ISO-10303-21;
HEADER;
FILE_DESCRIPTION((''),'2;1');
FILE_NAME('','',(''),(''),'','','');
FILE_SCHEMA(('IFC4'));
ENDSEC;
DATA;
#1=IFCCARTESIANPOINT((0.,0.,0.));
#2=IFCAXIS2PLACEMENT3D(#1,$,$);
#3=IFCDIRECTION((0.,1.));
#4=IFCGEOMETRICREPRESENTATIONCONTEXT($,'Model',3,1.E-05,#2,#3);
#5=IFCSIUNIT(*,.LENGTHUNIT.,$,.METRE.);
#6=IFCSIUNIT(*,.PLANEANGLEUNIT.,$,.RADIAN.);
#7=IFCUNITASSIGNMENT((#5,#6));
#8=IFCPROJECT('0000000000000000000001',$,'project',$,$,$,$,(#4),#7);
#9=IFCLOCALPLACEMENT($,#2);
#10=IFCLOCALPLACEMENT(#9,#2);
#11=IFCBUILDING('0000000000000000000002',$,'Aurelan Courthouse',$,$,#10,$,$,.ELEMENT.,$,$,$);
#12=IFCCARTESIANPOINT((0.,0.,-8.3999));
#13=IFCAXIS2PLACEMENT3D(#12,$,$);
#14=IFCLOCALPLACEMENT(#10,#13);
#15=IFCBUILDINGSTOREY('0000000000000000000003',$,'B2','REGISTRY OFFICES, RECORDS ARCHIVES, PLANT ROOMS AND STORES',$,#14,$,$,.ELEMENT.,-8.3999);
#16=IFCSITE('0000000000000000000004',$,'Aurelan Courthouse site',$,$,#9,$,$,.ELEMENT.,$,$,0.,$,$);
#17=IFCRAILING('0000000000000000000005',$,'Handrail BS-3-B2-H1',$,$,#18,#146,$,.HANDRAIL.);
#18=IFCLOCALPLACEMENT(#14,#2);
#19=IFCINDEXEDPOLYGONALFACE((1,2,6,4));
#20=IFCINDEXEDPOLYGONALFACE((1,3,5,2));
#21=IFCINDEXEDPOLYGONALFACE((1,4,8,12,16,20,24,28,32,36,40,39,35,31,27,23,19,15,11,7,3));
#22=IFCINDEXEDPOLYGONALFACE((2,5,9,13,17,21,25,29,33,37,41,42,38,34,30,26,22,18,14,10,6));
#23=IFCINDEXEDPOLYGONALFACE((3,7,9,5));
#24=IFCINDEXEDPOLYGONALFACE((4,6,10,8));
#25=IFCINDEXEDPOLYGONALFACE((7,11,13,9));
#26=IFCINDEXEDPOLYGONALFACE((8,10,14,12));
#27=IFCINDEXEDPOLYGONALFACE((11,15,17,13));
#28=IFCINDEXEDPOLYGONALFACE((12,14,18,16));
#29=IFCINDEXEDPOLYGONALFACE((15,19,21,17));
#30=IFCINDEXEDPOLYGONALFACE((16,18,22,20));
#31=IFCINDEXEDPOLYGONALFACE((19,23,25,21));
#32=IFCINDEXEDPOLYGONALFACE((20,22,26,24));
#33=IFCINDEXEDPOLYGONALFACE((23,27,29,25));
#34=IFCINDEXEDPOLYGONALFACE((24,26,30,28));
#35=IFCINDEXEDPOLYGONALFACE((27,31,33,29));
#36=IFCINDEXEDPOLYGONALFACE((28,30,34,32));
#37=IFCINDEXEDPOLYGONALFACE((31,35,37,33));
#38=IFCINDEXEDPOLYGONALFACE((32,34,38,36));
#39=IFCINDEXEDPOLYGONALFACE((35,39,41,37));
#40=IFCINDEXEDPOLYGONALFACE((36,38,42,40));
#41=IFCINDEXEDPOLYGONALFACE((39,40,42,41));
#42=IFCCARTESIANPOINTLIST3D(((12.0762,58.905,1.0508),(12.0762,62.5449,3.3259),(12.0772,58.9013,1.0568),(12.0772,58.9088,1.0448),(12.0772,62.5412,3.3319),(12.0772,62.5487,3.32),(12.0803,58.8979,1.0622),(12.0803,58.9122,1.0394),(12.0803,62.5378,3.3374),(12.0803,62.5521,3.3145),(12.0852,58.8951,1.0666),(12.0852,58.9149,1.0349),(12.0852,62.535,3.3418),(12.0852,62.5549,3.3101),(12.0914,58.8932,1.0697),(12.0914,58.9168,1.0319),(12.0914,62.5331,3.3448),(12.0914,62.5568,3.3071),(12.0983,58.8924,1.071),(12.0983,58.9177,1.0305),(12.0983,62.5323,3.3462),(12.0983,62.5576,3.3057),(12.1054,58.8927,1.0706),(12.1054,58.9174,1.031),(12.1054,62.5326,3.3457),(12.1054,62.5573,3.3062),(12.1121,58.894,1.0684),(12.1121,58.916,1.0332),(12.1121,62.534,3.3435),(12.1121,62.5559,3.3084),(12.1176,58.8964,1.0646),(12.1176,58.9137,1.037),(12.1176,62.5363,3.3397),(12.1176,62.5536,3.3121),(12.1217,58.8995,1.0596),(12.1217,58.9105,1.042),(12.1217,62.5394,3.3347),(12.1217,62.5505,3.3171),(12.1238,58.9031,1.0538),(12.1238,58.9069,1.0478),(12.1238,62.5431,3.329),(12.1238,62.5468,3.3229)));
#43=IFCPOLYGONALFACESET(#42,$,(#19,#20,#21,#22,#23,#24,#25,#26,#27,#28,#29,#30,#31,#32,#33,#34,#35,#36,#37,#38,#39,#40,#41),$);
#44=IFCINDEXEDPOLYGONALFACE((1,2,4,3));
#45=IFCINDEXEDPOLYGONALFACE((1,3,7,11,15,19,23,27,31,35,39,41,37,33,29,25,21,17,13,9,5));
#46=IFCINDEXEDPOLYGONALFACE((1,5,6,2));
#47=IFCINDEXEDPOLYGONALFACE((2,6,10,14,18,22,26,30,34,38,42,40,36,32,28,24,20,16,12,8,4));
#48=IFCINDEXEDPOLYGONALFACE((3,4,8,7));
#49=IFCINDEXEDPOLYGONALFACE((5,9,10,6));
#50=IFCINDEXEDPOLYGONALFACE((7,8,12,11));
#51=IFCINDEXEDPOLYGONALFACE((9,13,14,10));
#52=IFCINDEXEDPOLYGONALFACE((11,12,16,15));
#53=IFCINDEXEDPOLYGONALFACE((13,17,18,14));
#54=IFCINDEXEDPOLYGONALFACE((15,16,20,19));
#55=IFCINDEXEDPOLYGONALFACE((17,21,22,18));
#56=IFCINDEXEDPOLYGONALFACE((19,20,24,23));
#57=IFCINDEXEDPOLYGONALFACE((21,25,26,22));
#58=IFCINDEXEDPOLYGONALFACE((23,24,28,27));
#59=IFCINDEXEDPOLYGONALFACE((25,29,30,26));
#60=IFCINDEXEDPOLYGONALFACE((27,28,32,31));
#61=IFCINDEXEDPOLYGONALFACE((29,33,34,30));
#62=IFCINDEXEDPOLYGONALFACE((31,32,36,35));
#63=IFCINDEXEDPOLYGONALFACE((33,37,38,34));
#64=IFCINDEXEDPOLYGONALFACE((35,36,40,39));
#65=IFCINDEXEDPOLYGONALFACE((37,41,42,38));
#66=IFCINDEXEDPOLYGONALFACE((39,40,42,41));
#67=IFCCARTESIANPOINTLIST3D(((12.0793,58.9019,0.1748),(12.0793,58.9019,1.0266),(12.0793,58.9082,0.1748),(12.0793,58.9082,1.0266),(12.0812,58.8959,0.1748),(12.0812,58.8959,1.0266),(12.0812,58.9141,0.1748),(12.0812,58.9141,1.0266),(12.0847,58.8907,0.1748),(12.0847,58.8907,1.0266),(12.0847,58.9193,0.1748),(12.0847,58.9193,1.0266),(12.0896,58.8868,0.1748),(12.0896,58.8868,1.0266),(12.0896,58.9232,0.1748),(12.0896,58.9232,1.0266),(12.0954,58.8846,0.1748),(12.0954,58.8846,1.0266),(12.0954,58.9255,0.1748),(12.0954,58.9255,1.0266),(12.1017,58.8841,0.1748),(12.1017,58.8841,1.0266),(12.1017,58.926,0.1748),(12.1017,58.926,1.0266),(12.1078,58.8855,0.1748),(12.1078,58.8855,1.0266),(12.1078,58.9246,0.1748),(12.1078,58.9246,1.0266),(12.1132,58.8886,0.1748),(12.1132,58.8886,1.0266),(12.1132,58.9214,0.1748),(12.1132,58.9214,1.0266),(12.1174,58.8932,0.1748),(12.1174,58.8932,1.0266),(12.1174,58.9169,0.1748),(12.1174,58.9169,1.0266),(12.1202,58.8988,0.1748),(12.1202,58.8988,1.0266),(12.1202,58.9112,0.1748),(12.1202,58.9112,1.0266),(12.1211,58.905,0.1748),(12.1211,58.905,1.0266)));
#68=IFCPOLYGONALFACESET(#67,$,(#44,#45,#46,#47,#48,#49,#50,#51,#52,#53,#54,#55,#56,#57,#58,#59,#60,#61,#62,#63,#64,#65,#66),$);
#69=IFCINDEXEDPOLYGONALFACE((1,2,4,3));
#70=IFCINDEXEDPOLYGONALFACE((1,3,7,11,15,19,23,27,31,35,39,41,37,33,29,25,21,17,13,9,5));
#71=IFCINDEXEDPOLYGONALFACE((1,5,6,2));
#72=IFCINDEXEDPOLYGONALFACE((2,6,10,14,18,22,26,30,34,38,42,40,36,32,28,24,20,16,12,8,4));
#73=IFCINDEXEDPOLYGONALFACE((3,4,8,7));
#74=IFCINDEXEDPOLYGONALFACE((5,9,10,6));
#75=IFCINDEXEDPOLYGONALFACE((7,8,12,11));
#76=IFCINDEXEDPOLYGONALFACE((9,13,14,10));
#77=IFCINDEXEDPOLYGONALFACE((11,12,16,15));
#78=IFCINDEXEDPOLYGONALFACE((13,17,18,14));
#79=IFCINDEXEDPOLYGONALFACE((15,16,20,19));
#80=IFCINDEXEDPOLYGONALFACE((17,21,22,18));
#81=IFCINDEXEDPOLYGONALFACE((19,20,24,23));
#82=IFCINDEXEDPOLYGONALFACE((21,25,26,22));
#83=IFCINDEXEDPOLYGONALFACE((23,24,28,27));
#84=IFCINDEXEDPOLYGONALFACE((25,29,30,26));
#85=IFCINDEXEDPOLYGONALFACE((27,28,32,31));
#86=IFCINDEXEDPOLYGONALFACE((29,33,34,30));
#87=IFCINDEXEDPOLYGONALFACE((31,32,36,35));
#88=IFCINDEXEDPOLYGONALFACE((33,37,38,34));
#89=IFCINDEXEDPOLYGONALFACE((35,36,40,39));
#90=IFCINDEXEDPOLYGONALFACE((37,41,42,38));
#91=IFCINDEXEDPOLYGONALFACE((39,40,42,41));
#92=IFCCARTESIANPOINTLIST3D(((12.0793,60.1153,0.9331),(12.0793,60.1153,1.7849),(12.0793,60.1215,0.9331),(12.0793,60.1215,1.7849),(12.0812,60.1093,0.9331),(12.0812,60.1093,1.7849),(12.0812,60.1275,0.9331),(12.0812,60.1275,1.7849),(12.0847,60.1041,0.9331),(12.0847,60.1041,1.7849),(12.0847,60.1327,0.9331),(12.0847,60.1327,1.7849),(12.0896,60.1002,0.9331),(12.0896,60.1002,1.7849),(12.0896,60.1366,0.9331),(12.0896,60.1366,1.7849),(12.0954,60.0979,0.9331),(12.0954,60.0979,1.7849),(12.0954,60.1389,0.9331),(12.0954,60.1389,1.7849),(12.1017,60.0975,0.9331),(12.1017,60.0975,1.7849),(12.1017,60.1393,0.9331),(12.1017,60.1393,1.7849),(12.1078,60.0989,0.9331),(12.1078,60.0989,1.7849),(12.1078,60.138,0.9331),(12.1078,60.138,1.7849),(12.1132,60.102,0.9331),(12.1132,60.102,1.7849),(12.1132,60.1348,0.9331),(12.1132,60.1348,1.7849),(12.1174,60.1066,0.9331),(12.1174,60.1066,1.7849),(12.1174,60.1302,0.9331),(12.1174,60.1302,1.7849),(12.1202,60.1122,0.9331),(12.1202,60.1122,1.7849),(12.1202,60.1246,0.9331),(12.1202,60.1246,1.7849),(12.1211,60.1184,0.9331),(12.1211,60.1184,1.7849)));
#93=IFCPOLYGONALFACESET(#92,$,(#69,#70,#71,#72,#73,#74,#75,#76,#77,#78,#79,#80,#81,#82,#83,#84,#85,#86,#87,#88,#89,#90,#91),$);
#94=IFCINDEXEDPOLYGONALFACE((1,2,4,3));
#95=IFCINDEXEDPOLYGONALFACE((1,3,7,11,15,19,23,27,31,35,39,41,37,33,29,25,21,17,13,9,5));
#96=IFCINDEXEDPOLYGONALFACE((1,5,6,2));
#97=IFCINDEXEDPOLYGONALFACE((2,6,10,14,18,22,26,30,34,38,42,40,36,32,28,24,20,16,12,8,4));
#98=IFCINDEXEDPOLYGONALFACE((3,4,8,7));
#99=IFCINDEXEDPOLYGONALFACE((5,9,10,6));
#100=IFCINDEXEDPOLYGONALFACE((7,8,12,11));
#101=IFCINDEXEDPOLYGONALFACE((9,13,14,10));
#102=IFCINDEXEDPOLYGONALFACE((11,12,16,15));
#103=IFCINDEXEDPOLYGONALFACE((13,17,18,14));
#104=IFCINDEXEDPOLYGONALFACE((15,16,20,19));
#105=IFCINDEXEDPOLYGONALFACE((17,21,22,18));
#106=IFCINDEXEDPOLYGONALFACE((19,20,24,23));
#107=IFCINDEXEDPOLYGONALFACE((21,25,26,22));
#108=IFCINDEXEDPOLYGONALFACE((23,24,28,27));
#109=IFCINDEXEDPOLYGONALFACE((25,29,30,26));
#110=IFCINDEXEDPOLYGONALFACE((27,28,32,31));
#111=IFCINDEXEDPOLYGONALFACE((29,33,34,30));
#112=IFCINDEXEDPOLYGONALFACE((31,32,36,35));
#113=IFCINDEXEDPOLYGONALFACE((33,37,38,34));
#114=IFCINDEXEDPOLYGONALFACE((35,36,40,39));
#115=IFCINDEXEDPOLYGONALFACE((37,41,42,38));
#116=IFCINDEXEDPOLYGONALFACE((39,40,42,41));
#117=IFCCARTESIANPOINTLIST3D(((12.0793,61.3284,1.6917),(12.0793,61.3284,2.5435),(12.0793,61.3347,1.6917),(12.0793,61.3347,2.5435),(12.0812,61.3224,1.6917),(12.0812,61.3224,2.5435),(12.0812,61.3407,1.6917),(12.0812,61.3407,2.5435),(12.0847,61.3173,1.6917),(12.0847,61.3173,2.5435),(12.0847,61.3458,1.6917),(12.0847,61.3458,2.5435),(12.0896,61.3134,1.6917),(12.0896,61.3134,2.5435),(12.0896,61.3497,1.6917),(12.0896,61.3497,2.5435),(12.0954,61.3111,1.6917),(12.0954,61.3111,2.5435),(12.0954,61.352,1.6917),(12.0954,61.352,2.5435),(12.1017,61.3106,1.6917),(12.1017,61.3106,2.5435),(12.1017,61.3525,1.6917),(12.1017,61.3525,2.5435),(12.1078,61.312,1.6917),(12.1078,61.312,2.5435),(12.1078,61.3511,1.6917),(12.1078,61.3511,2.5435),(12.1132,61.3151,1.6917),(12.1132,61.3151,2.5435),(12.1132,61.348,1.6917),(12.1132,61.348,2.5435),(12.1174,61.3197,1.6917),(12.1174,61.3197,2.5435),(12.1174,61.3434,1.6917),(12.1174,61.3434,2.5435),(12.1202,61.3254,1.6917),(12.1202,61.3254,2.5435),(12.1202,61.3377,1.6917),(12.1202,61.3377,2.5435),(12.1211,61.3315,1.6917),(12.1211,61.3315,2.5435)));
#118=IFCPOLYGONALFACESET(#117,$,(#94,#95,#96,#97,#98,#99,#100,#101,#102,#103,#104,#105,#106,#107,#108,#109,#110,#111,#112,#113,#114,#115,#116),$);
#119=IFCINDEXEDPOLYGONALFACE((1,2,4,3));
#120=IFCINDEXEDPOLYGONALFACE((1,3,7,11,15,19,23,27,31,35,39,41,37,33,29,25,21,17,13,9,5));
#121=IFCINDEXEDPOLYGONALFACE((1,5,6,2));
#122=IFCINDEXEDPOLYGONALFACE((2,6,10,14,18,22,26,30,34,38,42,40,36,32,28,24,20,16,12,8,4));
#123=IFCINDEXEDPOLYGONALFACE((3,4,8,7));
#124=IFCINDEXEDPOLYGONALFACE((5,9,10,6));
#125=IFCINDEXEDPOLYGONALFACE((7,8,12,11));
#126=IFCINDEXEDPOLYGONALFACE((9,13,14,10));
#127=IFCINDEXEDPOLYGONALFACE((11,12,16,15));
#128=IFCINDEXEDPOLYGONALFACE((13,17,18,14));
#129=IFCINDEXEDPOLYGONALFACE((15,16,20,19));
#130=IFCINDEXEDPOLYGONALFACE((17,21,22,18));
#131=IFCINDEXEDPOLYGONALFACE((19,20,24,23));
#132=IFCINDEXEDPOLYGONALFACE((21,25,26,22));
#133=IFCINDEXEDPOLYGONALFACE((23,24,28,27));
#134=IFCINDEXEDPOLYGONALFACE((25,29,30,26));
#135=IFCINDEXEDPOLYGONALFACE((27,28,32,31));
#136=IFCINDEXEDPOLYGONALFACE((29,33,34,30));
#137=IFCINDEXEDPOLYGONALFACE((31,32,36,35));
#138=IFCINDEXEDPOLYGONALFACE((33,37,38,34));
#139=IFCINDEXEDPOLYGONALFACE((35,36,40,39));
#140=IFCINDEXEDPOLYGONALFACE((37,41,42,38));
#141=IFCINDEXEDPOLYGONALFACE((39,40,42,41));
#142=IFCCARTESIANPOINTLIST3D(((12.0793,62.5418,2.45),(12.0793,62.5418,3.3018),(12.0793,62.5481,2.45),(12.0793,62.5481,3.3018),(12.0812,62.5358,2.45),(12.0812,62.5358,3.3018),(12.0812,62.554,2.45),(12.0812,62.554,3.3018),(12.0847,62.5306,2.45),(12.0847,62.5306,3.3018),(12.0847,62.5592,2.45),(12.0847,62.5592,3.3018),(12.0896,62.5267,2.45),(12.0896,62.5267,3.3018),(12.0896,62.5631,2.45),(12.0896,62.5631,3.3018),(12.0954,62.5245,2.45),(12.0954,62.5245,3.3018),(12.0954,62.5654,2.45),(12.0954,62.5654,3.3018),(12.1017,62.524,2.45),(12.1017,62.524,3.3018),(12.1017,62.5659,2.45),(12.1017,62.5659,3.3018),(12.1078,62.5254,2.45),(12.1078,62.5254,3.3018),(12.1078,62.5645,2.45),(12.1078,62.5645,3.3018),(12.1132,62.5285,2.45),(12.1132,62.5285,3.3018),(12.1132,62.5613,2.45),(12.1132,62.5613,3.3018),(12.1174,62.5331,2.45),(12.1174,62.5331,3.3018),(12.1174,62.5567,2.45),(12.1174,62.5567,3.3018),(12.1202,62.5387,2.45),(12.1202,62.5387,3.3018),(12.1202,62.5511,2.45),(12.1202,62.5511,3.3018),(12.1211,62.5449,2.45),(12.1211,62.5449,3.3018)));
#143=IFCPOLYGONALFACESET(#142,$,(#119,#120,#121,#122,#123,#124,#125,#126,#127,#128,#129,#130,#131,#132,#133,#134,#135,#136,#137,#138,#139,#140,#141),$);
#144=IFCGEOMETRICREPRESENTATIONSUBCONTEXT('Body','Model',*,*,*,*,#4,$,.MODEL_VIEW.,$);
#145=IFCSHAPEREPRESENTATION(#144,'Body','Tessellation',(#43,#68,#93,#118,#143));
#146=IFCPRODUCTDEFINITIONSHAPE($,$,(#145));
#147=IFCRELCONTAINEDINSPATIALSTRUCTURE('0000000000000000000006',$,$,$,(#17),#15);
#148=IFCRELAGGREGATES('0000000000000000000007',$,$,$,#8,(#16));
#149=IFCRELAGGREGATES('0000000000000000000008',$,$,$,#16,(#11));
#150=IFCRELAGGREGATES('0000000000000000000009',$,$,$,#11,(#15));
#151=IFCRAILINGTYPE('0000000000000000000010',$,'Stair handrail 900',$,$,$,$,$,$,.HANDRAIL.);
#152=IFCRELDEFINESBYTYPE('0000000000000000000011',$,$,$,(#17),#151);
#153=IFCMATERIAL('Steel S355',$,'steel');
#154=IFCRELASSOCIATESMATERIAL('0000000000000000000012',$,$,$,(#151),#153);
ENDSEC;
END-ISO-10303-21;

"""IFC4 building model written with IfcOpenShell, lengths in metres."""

from ifc_helpers import new_model, si_unit, direction, frame, origin, origin_2d, place, context, subcontext, project, spatial, circle, extrude, material, type_object, element, save


model = new_model("IFC4")

# Units and contexts
model_context = context("Model", 3, precision=1e-05, world=origin(), true_north=direction((0.0, 1.0)))
body_context = subcontext(model_context, "Body", "Model", "MODEL_VIEW")
ifc_project = project(units=[si_unit("LENGTHUNIT", "METRE"), si_unit("PLANEANGLEUNIT", "RADIAN")], contexts=[model_context])

# Site, building, storey
site_placement = place(None, origin())
site = spatial("IfcSite", under=ifc_project, at=site_placement, Name="Aurelan Courthouse site", CompositionType="ELEMENT", RefElevation=0.0)
building_placement = place(site_placement, origin())
building = spatial("IfcBuilding", under=site, at=building_placement, Name="Aurelan Courthouse", CompositionType="ELEMENT")
storey_placement = place(building_placement, frame((0.0, 0.0, -8.3999)))
storey = spatial("IfcBuildingStorey", under=building, at=storey_placement, Name="B2", Description="REGISTRY OFFICES, RECORDS ARCHIVES, PLANT ROOMS AND STORES", CompositionType="ELEMENT", Elevation=-8.3999)

# Railing
ifc_material_1 = material(Name="Steel S355", Category="steel")
railing_type_1 = type_object("IfcRailingType", Name="Stair handrail 900", PredefinedType="HANDRAIL", material=ifc_material_1)
for number, where, name in (
    (1, (12.1001, 58.905, 0.1748), "Handrail BS-3-B2-H1"),
):
    element("IfcRailing", number, at=place(storey_placement, frame(where)), inside=storey, type_object=railing_type_1, Name=name, PredefinedType="HANDRAIL", context=body_context, shape_type="SweptSolid", body=[
        extrude(circle(Radius=0.0239, at=origin_2d()), frame((0.0, 0.0, 0.876), z_axis=(0.0, 0.847976, 0.530035), x_axis=(-1.0, 0.0, 0.0)), (0.0, 0.0, 1.0), 4.2925),
        extrude(circle(Radius=0.021, at=origin_2d()), origin(), (0.0, 0.0, 1.0), 0.8518),
        extrude(circle(Radius=0.021, at=origin_2d()), frame((0.0, 1.2134, 0.7583)), (0.0, 0.0, 1.0), 0.8518),
        extrude(circle(Radius=0.021, at=origin_2d()), frame((0.0, 2.4265, 1.5168)), (0.0, 0.0, 1.0), 0.8518),
        extrude(circle(Radius=0.021, at=origin_2d()), frame((0.0, 3.6399, 2.2751)), (0.0, 0.0, 1.0), 0.8518),
    ])

save(model, "model.ifc")
